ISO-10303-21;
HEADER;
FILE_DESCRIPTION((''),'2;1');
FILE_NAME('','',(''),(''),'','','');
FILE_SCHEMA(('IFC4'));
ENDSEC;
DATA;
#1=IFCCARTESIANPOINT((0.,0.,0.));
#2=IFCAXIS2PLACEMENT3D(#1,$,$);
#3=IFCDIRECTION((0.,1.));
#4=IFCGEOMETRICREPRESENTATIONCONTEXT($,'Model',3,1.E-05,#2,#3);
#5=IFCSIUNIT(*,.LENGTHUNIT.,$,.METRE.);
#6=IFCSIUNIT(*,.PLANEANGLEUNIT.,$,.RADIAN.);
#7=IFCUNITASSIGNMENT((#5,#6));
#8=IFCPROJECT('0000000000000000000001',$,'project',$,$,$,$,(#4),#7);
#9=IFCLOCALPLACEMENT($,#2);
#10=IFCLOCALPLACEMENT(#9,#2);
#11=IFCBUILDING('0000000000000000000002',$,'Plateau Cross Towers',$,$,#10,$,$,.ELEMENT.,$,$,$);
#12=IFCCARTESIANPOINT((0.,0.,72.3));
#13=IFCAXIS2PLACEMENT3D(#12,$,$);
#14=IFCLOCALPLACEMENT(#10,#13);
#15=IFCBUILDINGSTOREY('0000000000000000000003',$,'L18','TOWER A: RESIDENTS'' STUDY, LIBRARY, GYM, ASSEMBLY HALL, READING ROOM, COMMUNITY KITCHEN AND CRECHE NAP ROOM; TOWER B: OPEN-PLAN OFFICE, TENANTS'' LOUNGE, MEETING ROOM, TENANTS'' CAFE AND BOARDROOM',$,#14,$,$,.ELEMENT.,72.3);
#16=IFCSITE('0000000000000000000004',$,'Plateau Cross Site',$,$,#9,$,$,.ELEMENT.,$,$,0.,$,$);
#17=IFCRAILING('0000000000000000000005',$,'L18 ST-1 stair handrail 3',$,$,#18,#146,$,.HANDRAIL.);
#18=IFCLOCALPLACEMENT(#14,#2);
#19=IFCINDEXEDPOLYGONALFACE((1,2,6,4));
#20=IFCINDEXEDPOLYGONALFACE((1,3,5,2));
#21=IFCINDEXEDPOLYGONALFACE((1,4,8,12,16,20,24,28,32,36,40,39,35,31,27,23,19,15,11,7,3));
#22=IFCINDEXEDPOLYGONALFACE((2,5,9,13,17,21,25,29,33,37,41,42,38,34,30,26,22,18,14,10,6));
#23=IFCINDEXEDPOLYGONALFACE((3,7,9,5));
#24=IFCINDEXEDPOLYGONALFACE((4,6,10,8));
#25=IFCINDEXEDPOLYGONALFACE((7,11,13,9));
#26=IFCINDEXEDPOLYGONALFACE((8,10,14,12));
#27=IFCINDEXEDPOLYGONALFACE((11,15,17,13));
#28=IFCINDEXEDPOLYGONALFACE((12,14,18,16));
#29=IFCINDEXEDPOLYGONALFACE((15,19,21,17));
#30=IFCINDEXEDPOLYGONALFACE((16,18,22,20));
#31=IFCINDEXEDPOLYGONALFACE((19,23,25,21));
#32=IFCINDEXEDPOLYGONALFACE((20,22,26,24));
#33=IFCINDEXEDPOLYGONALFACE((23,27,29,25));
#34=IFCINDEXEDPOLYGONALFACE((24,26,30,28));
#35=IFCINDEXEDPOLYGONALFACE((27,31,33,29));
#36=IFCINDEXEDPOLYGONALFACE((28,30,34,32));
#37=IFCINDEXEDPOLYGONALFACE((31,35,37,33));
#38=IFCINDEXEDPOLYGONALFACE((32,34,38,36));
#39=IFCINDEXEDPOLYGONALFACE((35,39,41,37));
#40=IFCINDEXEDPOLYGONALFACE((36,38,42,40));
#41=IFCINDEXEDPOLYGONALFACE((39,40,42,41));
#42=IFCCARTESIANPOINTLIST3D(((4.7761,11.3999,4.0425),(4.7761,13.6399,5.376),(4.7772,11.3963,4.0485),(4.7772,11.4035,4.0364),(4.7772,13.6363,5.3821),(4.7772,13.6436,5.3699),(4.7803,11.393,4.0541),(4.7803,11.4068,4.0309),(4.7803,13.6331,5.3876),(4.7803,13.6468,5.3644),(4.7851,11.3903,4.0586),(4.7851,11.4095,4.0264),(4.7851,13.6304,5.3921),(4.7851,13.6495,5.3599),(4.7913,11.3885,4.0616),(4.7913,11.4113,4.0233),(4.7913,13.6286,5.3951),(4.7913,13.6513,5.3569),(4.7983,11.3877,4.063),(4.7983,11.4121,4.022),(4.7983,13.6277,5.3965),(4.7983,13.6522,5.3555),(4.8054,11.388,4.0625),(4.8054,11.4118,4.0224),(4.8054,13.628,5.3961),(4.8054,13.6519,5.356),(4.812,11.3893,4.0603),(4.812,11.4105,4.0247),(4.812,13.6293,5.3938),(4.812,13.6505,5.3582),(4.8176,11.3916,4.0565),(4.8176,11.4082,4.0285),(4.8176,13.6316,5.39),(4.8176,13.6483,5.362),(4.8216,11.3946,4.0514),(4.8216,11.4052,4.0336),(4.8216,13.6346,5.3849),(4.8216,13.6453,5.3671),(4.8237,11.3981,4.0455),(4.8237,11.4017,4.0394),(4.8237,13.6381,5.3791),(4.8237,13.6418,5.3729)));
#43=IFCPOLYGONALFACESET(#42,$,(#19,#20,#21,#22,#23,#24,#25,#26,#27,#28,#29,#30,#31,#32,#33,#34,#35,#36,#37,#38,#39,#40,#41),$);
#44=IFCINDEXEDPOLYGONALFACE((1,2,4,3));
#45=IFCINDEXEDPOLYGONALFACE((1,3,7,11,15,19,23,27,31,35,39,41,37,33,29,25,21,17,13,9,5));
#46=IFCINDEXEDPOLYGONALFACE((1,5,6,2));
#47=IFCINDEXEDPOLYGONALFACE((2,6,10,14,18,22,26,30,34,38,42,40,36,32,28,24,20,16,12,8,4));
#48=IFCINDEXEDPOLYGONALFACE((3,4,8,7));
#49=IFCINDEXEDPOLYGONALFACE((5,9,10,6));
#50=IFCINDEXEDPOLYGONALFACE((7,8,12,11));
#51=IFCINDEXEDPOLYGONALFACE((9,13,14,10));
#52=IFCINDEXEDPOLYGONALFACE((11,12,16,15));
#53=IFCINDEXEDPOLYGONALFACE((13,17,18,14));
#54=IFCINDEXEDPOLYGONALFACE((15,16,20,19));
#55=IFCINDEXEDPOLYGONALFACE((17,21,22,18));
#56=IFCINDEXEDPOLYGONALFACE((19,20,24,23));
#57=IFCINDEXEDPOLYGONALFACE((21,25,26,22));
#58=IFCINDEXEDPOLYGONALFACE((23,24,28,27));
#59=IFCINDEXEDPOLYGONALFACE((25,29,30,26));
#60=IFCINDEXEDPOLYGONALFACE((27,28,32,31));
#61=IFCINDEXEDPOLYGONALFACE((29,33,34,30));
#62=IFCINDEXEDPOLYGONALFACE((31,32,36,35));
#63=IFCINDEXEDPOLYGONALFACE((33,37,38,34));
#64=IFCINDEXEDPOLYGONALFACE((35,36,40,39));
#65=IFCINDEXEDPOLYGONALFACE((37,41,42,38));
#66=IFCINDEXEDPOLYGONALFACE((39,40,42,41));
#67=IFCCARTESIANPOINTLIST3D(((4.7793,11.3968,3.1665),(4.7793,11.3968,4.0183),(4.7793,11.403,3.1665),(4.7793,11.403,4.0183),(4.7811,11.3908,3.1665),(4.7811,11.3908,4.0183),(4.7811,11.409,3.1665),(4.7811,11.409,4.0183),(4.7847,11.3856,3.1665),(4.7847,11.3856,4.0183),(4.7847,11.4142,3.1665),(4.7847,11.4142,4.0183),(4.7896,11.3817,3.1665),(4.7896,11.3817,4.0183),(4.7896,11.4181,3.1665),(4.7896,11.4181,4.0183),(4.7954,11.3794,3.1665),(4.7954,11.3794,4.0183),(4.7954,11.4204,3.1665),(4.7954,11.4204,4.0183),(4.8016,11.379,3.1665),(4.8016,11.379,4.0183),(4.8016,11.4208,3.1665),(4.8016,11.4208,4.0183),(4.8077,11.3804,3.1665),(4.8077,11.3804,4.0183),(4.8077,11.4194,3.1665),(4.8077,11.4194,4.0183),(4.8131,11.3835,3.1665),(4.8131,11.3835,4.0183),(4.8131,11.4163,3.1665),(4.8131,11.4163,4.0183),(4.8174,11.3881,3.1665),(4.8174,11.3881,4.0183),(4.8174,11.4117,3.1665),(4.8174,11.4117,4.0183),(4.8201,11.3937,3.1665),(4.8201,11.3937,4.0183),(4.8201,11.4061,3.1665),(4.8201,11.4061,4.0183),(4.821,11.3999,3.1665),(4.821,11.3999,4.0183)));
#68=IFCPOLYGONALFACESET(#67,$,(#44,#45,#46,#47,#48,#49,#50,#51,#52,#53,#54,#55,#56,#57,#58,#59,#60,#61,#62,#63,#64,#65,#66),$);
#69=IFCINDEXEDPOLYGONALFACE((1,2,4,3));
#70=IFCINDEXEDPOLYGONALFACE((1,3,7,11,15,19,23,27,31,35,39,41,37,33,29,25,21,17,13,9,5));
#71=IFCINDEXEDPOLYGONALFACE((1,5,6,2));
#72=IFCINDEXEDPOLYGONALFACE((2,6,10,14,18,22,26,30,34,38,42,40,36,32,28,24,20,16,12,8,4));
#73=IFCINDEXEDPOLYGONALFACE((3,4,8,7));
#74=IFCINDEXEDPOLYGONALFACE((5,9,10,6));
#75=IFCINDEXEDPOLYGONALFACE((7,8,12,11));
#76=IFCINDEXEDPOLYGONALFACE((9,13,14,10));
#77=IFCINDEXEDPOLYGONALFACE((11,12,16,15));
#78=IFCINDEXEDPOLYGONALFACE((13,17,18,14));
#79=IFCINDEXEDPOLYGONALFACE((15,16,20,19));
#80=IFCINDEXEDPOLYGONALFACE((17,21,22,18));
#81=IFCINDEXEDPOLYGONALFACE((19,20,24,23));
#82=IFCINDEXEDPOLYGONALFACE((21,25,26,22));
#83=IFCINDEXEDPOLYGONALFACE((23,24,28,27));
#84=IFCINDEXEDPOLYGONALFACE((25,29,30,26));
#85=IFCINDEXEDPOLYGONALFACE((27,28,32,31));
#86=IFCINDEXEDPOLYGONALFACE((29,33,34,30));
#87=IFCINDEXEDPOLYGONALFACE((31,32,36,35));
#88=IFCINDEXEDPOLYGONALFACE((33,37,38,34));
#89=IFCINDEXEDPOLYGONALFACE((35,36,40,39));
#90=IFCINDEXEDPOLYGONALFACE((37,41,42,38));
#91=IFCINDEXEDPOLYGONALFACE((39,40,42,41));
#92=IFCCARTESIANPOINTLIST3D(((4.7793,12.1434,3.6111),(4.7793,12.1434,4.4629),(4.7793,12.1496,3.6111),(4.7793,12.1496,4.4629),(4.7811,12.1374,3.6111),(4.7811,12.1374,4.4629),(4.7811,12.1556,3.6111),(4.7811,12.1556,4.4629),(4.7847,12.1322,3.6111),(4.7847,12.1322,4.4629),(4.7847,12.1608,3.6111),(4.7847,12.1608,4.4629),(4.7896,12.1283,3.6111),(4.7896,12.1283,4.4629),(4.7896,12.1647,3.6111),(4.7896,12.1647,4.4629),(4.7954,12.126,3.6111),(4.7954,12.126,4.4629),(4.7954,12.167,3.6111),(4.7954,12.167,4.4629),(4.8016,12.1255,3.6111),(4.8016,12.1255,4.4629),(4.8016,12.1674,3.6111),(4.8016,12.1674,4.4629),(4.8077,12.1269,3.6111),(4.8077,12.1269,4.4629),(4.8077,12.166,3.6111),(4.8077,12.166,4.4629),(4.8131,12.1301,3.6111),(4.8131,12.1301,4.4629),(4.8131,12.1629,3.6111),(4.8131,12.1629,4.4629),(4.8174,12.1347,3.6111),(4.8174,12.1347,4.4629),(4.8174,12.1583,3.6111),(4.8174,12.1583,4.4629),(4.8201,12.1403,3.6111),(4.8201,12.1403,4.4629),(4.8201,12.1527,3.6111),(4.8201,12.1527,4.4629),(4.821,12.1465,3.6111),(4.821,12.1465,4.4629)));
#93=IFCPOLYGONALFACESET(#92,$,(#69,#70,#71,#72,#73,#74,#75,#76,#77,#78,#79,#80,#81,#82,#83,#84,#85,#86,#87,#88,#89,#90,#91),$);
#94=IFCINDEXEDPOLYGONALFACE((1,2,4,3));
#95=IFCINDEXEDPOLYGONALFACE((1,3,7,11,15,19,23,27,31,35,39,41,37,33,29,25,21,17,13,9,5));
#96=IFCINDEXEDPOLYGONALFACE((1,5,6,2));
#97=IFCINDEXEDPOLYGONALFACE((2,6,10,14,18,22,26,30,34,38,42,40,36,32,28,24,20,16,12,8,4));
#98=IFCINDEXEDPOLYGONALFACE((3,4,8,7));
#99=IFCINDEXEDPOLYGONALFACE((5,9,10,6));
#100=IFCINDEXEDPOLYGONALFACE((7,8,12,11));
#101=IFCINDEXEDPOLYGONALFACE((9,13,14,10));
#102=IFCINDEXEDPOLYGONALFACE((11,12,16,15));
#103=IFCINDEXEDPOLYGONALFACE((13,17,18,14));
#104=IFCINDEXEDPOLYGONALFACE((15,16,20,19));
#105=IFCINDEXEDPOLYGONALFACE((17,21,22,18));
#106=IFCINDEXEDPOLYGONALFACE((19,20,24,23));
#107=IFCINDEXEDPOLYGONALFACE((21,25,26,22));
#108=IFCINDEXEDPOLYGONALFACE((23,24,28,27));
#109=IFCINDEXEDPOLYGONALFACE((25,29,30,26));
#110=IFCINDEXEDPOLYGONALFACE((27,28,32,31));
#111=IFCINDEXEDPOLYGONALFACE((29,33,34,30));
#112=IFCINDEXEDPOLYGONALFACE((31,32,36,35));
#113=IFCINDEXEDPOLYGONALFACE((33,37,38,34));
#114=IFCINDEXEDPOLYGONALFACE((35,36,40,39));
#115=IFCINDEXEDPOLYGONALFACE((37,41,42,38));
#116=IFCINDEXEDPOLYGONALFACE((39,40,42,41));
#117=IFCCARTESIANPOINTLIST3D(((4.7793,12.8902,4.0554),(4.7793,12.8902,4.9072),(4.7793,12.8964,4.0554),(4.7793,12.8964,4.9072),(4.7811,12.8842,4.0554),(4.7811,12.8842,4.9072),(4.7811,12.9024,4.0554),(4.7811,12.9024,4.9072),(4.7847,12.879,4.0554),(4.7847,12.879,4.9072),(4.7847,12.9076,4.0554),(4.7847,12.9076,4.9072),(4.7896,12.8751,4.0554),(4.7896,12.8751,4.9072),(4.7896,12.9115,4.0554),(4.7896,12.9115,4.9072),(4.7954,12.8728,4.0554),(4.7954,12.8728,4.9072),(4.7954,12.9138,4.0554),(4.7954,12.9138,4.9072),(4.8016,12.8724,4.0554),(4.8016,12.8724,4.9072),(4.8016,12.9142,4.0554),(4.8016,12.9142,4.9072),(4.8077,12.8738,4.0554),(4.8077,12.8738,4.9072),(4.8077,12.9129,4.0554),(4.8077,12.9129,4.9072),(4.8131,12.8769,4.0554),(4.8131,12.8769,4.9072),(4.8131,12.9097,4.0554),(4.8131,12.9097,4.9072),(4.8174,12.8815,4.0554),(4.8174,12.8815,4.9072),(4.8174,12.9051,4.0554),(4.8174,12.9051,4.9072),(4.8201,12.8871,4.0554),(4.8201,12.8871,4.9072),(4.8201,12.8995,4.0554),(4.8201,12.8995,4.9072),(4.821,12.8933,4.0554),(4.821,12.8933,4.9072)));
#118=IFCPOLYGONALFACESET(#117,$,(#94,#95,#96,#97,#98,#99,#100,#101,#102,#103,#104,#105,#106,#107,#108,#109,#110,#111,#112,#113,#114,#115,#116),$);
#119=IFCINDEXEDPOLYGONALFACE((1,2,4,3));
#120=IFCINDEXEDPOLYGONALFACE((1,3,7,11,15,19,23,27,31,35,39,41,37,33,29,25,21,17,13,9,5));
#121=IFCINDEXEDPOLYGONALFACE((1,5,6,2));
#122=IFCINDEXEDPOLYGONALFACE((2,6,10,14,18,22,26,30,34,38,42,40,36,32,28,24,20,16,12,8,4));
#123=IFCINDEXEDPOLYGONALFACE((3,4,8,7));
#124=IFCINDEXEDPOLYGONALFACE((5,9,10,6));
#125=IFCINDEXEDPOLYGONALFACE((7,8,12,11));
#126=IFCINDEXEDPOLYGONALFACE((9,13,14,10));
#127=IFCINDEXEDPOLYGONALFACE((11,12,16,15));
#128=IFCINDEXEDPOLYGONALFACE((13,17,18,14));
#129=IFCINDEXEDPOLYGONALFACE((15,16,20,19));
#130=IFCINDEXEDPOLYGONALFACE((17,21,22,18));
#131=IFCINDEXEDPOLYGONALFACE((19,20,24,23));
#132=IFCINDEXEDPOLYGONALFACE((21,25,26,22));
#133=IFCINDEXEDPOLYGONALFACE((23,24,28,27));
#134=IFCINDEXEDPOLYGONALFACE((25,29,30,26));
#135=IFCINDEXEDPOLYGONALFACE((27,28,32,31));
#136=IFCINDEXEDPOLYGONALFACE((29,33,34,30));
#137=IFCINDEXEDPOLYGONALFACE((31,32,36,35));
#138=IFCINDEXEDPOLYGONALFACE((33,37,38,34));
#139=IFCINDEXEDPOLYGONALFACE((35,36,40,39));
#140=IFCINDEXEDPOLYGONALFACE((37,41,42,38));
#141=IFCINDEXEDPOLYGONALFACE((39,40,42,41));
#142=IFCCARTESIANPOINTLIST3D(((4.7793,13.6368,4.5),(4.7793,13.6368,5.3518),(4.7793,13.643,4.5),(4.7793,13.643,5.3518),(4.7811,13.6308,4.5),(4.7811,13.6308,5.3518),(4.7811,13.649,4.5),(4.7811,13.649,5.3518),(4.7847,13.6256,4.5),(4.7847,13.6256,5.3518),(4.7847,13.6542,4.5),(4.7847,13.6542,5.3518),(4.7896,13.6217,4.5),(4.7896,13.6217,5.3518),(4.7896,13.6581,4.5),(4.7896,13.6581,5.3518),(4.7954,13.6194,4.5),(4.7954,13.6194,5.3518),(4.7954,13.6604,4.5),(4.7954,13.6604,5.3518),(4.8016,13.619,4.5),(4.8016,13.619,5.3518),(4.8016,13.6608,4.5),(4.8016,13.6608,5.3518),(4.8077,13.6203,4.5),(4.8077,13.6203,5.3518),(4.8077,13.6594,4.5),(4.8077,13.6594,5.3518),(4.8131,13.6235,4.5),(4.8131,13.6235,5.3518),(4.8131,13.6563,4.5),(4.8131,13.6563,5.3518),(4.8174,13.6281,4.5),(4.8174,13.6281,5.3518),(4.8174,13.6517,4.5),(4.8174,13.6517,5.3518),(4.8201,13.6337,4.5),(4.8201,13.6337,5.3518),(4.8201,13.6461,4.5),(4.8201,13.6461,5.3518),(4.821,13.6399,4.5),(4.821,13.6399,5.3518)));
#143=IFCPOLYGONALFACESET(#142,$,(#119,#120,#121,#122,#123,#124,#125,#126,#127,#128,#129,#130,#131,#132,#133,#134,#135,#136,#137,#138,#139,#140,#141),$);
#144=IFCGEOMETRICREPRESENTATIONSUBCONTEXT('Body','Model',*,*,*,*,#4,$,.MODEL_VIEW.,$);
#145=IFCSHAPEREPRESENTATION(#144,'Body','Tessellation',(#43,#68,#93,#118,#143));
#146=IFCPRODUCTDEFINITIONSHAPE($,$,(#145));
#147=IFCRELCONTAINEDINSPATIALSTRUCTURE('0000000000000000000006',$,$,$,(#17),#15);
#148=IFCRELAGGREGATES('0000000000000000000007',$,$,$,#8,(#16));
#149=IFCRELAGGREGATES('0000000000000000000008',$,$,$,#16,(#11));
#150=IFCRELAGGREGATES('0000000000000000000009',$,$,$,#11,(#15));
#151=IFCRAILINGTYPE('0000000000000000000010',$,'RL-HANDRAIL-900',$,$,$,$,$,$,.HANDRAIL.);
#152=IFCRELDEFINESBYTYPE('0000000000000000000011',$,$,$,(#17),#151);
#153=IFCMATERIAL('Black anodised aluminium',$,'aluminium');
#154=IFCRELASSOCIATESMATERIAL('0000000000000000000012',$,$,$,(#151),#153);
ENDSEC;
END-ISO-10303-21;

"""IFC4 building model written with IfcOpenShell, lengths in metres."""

from ifc_helpers import new_model, si_unit, direction, frame, origin, origin_2d, place, context, subcontext, project, spatial, circle, extrude, material, type_object, element, save


model = new_model("IFC4")

# Units and contexts
model_context = context("Model", 3, precision=1e-05, world=origin(), true_north=direction((0.0, 1.0)))
body_context = subcontext(model_context, "Body", "Model", "MODEL_VIEW")
ifc_project = project(units=[si_unit("LENGTHUNIT", "METRE"), si_unit("PLANEANGLEUNIT", "RADIAN")], contexts=[model_context])

# Site, building, storey
site_placement = place(None, origin())
site = spatial("IfcSite", under=ifc_project, at=site_placement, Name="Plateau Cross Site", CompositionType="ELEMENT", RefElevation=0.0)
building_placement = place(site_placement, origin())
building = spatial("IfcBuilding", under=site, at=building_placement, Name="Plateau Cross Towers", CompositionType="ELEMENT")
storey_placement = place(building_placement, frame((0.0, 0.0, 72.3)))
storey = spatial("IfcBuildingStorey", under=building, at=storey_placement, Name="L18", Description="TOWER A: RESIDENTS' STUDY, LIBRARY, GYM, ASSEMBLY HALL, READING ROOM, COMMUNITY KITCHEN AND CRECHE NAP ROOM; TOWER B: OPEN-PLAN OFFICE, TENANTS' LOUNGE, MEETING ROOM, TENANTS' CAFE AND BOARDROOM", CompositionType="ELEMENT", Elevation=72.3)

# Shared definitions
ifc_material_1 = material(Name="Black anodised aluminium", Category="aluminium")

# Railing
railing_type_1 = type_object("IfcRailingType", Name="RL-HANDRAIL-900", PredefinedType="HANDRAIL", material=ifc_material_1)
for number, where, name in (
    (1, (4.8, 11.3999, 3.1665), "L18 ST-1 stair handrail 3"),
):
    element("IfcRailing", number, at=place(storey_placement, frame(where)), inside=storey, type_object=railing_type_1, Name=name, PredefinedType="HANDRAIL", context=body_context, shape_type="SweptSolid", body=[
        extrude(circle(Radius=0.0239, at=origin_2d()), frame((0.0, 0.0, 0.876), z_axis=(0.0, 0.859264, 0.511532), x_axis=(-1.0, 0.0, 0.0)), (0.0, 0.0, 1.0), 2.6069),
        extrude(circle(Radius=0.021, at=origin_2d()), origin(), (0.0, 0.0, 1.0), 0.8518),
        extrude(circle(Radius=0.021, at=origin_2d()), frame((0.0, 0.7466, 0.4446)), (0.0, 0.0, 1.0), 0.8518),
        extrude(circle(Radius=0.021, at=origin_2d()), frame((0.0, 1.4934, 0.8889)), (0.0, 0.0, 1.0), 0.8518),
        extrude(circle(Radius=0.021, at=origin_2d()), frame((0.0, 2.24, 1.3335)), (0.0, 0.0, 1.0), 0.8518),
    ])

save(model, "model.ifc")
